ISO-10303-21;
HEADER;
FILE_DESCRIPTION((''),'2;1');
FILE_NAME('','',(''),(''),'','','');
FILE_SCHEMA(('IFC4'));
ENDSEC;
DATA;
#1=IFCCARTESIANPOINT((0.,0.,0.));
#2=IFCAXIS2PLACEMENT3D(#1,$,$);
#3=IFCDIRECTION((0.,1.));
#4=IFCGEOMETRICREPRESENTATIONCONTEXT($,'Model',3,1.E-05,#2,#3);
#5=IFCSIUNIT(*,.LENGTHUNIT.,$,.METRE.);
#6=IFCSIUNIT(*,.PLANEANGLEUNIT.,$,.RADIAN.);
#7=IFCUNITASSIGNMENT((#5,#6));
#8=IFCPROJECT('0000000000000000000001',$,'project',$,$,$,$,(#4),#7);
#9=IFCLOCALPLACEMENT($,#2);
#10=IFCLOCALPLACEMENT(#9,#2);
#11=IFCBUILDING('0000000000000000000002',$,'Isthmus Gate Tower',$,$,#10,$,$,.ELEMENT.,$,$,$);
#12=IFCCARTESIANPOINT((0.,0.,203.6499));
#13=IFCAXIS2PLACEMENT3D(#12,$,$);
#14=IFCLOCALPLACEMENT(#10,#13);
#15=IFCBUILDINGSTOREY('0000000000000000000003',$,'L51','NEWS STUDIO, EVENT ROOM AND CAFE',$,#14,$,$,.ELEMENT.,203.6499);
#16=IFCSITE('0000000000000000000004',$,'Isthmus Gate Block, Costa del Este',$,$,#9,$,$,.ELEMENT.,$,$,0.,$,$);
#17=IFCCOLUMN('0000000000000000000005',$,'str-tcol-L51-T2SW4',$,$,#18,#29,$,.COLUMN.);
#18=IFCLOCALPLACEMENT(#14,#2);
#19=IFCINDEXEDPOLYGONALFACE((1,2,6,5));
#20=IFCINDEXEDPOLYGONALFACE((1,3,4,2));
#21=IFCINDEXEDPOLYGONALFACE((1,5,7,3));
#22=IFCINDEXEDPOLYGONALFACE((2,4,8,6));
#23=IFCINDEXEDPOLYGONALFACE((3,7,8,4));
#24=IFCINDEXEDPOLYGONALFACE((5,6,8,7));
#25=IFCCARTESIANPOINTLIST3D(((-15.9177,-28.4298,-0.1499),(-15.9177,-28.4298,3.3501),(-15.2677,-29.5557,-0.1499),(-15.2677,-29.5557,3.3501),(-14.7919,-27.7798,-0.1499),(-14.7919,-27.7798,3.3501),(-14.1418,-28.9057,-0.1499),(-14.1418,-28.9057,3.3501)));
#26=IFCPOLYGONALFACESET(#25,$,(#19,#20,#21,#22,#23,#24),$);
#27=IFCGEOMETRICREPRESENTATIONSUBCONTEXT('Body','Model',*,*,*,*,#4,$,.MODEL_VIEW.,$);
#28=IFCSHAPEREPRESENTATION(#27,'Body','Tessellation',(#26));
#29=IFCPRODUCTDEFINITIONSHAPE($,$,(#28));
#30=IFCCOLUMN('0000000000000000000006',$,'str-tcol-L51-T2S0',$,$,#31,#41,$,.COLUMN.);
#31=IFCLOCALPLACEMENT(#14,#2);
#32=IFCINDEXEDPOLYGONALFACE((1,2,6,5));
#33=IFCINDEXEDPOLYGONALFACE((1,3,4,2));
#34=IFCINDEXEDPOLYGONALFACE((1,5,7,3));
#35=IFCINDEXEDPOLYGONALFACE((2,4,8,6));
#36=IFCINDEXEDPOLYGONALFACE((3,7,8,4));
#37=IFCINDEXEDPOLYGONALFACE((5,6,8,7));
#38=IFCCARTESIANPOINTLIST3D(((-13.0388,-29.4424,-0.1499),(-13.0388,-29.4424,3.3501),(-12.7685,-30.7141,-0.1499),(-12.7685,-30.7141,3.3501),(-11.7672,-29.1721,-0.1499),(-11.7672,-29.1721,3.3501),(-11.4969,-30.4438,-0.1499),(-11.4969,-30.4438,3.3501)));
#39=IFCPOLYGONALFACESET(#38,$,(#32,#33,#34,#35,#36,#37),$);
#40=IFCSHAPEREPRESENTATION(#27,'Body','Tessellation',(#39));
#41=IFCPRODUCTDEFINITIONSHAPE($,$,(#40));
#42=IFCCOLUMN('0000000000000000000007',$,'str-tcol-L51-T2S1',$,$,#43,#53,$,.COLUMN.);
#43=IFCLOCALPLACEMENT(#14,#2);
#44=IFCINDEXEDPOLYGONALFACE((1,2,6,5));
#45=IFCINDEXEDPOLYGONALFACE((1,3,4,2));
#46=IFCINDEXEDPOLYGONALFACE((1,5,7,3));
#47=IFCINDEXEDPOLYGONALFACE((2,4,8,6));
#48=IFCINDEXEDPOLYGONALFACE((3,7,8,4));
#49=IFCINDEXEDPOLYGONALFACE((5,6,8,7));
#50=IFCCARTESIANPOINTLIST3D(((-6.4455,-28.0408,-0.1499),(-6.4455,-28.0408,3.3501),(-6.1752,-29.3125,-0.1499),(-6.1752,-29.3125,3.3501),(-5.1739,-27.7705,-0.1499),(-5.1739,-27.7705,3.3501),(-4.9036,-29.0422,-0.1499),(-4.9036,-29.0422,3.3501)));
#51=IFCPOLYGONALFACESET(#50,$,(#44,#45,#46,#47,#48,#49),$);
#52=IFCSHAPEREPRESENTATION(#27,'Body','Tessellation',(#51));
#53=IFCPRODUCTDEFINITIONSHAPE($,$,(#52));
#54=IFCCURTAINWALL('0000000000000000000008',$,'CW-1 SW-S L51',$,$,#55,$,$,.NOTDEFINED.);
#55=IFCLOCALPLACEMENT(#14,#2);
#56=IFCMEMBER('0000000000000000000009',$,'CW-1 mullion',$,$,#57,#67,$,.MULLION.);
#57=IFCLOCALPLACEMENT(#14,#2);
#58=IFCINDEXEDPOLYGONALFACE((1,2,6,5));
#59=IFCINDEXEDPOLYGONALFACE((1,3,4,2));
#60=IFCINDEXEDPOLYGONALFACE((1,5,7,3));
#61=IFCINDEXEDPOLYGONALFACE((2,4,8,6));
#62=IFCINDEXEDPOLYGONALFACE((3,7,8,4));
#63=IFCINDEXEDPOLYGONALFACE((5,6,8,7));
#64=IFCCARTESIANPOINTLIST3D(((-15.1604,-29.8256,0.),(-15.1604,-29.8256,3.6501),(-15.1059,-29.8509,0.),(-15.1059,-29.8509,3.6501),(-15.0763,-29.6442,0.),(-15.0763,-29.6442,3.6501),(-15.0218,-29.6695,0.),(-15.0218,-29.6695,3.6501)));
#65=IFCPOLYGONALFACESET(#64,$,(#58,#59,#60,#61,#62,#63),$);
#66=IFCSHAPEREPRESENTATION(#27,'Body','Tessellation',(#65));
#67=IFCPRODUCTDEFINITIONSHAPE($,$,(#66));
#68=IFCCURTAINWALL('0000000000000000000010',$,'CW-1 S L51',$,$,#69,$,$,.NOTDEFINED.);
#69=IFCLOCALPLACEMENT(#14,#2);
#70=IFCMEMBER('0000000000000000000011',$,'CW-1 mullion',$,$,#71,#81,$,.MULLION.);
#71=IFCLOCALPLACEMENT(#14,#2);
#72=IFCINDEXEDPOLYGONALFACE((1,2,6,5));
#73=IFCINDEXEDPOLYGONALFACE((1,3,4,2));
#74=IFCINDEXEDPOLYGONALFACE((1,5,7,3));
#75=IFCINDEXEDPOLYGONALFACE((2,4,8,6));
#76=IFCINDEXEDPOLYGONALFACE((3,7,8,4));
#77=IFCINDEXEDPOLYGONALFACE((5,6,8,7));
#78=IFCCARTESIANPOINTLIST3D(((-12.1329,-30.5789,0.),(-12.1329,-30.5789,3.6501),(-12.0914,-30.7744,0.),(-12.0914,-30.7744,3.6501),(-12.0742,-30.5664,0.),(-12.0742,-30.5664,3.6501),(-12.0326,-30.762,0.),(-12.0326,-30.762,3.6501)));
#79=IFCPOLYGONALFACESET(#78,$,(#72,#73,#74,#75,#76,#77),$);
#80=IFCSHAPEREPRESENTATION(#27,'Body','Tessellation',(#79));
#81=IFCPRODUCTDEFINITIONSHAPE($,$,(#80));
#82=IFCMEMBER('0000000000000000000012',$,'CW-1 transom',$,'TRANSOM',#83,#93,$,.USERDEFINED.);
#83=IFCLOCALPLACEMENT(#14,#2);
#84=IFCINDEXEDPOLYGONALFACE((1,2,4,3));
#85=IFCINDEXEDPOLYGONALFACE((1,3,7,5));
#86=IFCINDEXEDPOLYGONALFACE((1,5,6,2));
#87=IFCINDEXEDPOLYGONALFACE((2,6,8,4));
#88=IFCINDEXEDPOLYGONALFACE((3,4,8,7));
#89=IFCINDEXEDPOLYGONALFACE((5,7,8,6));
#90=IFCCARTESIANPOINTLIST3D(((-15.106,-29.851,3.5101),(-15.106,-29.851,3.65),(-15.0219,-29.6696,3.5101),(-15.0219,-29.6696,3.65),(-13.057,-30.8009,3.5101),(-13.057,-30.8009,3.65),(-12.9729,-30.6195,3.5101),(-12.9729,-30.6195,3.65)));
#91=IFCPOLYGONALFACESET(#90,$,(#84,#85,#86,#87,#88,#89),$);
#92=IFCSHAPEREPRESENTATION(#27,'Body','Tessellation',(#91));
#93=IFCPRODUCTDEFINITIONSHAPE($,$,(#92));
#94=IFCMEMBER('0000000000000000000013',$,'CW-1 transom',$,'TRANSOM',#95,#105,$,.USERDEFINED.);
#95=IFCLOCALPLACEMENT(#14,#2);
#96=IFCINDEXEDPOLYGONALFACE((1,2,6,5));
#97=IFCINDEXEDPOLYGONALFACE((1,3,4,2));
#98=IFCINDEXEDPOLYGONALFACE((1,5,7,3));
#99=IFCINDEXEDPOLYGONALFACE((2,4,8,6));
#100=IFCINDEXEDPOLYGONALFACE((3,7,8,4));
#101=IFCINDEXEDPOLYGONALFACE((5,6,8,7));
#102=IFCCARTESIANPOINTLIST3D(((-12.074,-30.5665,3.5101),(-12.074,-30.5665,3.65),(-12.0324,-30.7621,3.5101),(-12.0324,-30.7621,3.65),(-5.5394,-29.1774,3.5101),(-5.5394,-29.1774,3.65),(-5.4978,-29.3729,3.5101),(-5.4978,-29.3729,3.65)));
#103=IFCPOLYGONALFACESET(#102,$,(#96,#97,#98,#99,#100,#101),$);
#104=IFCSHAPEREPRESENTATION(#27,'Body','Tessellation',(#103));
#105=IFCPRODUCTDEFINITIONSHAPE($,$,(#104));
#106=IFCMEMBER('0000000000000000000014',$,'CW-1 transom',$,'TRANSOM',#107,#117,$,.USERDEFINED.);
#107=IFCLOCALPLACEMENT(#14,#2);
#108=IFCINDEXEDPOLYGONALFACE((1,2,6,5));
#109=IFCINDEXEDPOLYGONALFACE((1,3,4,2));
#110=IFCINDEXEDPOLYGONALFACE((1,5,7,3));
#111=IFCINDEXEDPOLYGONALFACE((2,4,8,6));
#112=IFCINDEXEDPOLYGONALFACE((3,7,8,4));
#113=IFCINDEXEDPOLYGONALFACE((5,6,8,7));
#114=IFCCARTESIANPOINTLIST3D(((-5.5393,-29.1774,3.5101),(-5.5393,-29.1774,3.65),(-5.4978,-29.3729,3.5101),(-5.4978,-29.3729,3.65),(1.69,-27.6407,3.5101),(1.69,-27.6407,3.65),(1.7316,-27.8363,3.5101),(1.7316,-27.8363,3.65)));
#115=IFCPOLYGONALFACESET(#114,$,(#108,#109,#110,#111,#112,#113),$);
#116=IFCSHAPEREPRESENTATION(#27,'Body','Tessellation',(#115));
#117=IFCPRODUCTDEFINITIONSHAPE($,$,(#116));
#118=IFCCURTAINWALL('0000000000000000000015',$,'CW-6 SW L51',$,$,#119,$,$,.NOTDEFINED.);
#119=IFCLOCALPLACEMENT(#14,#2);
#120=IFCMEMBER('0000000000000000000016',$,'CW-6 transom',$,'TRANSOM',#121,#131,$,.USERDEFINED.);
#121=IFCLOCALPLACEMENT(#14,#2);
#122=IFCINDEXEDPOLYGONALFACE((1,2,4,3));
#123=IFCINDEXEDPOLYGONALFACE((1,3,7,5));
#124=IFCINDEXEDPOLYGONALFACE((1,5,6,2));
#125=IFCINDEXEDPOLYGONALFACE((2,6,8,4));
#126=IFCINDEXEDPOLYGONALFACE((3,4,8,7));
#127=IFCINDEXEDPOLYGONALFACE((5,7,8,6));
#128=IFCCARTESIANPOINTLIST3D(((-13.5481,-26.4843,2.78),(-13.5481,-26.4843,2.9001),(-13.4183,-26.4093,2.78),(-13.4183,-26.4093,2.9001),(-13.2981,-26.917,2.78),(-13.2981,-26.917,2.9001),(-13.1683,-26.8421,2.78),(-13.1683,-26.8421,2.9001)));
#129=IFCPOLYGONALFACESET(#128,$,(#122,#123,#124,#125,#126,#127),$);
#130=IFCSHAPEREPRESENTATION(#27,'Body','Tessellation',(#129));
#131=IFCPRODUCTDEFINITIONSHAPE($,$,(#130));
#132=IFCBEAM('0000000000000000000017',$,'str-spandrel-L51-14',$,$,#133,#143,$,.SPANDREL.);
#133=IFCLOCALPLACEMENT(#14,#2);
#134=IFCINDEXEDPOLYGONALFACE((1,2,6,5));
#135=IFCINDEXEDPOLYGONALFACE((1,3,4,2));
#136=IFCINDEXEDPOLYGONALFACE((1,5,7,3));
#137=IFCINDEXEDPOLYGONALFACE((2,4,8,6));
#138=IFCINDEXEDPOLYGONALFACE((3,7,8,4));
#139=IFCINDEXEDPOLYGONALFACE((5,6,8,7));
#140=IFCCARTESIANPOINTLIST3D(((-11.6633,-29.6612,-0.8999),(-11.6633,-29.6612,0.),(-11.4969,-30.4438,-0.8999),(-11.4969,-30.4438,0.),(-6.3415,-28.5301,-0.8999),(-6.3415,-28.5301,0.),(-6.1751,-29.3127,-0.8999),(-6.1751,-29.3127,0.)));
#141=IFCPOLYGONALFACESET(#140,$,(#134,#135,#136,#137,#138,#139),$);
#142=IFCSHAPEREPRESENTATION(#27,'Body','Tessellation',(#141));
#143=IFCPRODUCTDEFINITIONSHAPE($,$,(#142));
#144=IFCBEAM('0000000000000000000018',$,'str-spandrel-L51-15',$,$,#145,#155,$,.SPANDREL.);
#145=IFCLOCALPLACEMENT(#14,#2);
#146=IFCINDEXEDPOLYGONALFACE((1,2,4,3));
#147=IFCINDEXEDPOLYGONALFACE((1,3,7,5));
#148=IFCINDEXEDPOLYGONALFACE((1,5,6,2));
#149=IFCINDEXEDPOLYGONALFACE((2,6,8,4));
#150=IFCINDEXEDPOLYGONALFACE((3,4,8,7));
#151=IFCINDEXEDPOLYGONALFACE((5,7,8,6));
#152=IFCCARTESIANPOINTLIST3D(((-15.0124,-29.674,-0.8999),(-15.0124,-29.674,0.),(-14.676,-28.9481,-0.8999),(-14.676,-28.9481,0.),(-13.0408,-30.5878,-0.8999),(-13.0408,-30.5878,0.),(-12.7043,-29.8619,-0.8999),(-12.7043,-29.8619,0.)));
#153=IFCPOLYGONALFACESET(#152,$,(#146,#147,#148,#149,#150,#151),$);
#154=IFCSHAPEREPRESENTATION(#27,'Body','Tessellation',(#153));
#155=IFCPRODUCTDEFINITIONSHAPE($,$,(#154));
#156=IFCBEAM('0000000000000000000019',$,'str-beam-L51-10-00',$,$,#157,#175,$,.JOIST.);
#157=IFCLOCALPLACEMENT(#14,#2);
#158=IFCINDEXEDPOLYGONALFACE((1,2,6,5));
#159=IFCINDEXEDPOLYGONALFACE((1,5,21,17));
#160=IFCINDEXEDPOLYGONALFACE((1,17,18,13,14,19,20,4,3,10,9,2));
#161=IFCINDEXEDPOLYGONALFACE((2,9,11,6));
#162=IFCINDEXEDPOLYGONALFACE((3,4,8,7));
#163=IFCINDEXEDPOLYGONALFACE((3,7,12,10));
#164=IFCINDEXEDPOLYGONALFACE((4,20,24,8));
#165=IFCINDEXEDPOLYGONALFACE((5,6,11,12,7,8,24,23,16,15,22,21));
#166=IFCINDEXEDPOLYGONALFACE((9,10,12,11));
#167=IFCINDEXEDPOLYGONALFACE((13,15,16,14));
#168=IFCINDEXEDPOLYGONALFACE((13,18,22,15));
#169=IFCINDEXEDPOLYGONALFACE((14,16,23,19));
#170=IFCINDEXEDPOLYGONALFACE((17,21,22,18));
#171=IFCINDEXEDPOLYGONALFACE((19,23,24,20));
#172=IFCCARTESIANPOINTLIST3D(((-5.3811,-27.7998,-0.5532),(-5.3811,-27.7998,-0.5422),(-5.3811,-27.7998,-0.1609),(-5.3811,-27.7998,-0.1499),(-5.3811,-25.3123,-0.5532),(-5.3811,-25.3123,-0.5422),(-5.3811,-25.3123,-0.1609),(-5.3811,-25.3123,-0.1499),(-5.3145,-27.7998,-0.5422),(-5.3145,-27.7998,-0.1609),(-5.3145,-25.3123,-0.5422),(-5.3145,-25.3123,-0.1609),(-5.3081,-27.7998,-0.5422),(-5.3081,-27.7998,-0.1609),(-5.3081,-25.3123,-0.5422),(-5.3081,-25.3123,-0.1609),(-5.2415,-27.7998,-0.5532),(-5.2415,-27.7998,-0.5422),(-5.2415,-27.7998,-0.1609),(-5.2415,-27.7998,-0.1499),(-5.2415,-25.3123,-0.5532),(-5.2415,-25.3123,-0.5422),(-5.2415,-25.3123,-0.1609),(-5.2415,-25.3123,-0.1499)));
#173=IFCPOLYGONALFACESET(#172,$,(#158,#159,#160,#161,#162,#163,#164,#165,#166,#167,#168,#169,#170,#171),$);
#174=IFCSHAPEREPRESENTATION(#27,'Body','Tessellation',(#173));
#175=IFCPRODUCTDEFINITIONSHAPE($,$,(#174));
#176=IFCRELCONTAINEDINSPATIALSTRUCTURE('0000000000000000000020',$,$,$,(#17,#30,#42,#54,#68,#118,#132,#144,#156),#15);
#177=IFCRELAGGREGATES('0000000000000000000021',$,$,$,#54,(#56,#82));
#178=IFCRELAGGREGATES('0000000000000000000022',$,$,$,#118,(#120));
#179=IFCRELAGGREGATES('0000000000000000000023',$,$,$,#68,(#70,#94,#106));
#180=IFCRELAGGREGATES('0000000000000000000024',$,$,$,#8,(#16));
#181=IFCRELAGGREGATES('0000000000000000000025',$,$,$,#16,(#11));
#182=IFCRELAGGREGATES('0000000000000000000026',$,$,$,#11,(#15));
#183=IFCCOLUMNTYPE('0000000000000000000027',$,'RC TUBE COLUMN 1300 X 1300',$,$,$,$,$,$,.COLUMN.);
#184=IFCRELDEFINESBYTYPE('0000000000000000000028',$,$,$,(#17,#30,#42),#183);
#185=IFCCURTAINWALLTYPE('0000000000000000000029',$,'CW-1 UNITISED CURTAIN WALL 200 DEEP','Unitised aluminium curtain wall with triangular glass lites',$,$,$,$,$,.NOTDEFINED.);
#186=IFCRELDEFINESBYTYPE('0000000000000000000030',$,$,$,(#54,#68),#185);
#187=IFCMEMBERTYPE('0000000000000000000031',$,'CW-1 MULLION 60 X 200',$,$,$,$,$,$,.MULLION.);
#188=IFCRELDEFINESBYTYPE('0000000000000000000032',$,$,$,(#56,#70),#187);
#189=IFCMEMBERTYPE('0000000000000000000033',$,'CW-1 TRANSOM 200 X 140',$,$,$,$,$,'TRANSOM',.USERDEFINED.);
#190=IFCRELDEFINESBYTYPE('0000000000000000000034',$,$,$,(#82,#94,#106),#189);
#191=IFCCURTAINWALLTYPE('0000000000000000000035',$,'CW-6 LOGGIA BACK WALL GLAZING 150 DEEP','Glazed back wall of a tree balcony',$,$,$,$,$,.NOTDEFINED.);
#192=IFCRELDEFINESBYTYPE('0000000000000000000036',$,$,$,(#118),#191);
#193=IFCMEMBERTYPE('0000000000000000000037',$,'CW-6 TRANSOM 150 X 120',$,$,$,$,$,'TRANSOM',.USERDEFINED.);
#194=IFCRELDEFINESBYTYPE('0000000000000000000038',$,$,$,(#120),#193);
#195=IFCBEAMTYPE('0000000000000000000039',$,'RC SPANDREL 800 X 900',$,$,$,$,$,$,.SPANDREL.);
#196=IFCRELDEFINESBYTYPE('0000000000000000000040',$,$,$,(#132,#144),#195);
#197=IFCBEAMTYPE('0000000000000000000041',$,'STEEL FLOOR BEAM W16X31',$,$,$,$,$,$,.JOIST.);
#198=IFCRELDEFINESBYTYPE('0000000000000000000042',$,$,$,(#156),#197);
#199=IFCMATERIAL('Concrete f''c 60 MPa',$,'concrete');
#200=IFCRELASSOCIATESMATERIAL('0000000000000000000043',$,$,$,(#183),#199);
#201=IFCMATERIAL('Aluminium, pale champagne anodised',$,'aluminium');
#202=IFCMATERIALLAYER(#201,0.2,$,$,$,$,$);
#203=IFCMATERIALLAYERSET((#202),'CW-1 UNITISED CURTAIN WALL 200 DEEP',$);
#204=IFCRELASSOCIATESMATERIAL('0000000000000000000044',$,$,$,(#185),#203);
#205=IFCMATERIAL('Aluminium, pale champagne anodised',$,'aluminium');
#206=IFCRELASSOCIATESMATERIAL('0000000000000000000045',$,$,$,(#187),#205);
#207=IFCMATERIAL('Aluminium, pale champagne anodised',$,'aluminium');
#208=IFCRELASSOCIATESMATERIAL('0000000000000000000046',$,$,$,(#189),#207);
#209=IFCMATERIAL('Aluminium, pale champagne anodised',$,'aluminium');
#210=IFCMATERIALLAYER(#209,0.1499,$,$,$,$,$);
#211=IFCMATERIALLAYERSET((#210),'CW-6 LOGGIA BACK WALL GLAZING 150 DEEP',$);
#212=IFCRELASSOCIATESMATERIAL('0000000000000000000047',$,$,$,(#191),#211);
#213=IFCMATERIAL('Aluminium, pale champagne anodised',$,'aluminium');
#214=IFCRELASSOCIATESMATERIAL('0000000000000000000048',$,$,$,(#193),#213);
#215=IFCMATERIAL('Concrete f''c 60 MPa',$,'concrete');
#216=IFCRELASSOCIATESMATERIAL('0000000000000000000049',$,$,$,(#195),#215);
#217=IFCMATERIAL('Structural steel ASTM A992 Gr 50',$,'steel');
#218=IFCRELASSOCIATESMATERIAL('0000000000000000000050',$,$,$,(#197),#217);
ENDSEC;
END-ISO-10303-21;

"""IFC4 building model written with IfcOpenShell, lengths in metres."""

from ifc_helpers import new_model, si_unit, direction, frame, origin, origin_2d, place, context, subcontext, project, spatial, rectangle, i_section, extrude, material, layer, layer_set, material_profile, profile_set, type_object, element, aggregate, save


model = new_model("IFC4")

# Units and contexts
model_context = context("Model", 3, precision=1e-05, world=origin(), true_north=direction((0.0, 1.0)))
body_context = subcontext(model_context, "Body", "Model", "MODEL_VIEW")
ifc_project = project(units=[si_unit("LENGTHUNIT", "METRE"), si_unit("PLANEANGLEUNIT", "RADIAN")], contexts=[model_context])

# Site, building, storey
site_placement = place(None, origin())
site = spatial("IfcSite", under=ifc_project, at=site_placement, Name="Isthmus Gate Block, Costa del Este", CompositionType="ELEMENT", RefElevation=0.0)
building_placement = place(site_placement, origin())
building = spatial("IfcBuilding", under=site, at=building_placement, Name="Isthmus Gate Tower", CompositionType="ELEMENT")
storey_placement = place(building_placement, frame((0.0, 0.0, 203.6499)))
storey = spatial("IfcBuildingStorey", under=building, at=storey_placement, Name="L51", Description="NEWS STUDIO, EVENT ROOM AND CAFE", CompositionType="ELEMENT", Elevation=203.6499)

# Columns
ifc_material_1 = material(Name="Concrete f'c 60 MPa", Category="concrete")
ifc_material_profile_1 = material_profile(ifc_material_1, rectangle(XDim=1.3, YDim=1.3, at=origin_2d()), Name="RC 1300X1300")
ifc_profile_set_1 = profile_set([ifc_material_profile_1], Name="Concrete f'c 60 MPa")
column_type = type_object("IfcColumnType", Name="RC TUBE COLUMN 1300 X 1300", PredefinedType="COLUMN", material=ifc_profile_set_1)
for number, where, z_axis, x_axis, name in (
    (1, (-15.0298, -28.6677, -0.1499), (0.0, 0.0, 1.0), (0.5, -0.866025, 0.0), "str-tcol-L51-T2SW4"),
    (2, (-12.2678, -29.9431, -0.1499), (0.0, 0.0, 1.0), (0.978148, 0.207912, 0.0), "str-tcol-L51-T2S0"),
    (3, (-5.6746, -28.5415, -0.1499), (0.0, 0.0, 1.0), (0.978148, 0.207912, 0.0), "str-tcol-L51-T2S1"),
):
    element("IfcColumn", number, at=place(storey_placement, frame(where, z_axis=z_axis, x_axis=x_axis)), inside=storey, type_object=column_type, Name=name, PredefinedType="COLUMN", context=body_context, shape_type="SweptSolid", body=[
        extrude(rectangle(XDim=1.3, YDim=1.3, at=origin_2d()), origin(), (0.0, 0.0, 1.0), 3.5),
    ])

# Curtain walls, members
ifc_material_2 = material(Name="Aluminium, pale champagne anodised", Category="aluminium")
ifc_layer_1 = layer(ifc_material_2, 0.2)
ifc_layer_set_1 = layer_set([ifc_layer_1], Name="CW-1 UNITISED CURTAIN WALL 200 DEEP")
curtain_wall_type_1 = type_object("IfcCurtainWallType", Name="CW-1 UNITISED CURTAIN WALL 200 DEEP", Description="Unitised aluminium curtain wall with triangular glass lites", PredefinedType="NOTDEFINED", material=ifc_layer_set_1)
curtain_wall_1_placement = place(storey_placement, origin())
curtain_wall_1 = element("IfcCurtainWall", 4, at=curtain_wall_1_placement, inside=storey, type_object=curtain_wall_type_1, Name="CW-1 SW-S L51", PredefinedType="NOTDEFINED")
ifc_material_3 = material(Name="Aluminium, pale champagne anodised", Category="aluminium")
ifc_material_profile_2 = material_profile(ifc_material_3, rectangle(XDim=0.0601, YDim=0.2, at=origin_2d()), Name="60x200")
ifc_profile_set_2 = profile_set([ifc_material_profile_2], Name="Aluminium, pale champagne anodised")
member_type_1 = type_object("IfcMemberType", Name="CW-1 MULLION 60 X 200", PredefinedType="MULLION", material=ifc_profile_set_2)
member_1_placement = place(storey_placement, frame((-15.0911, -29.7476, 0.0), z_axis=(0.0, 0.0, 1.0), x_axis=(0.907256, -0.420578, 0.0)))
member_1 = element("IfcMember", 5, at=member_1_placement, type_object=member_type_1, Name="CW-1 mullion", PredefinedType="MULLION", context=body_context, shape_type="SweptSolid", body=[
    extrude(rectangle(XDim=0.0601, YDim=0.2, at=origin_2d()), origin(), (0.0, 0.0, 1.0), 3.6501),
])
curtain_wall_2_placement = place(storey_placement, origin())
curtain_wall_2 = element("IfcCurtainWall", 6, at=curtain_wall_2_placement, inside=storey, type_object=curtain_wall_type_1, Name="CW-1 S L51", PredefinedType="NOTDEFINED")
member_2_placement = place(storey_placement, frame((-12.0828, -30.6704, 0.0), z_axis=(0.0, 0.0, 1.0), x_axis=(0.978148, 0.207912, 0.0)))
member_2 = element("IfcMember", 7, at=member_2_placement, type_object=member_type_1, Name="CW-1 mullion", PredefinedType="MULLION", context=body_context, shape_type="SweptSolid", body=[
    extrude(rectangle(XDim=0.0601, YDim=0.2, at=origin_2d()), origin(), (0.0, 0.0, 1.0), 3.6501),
])

# Members
ifc_material_4 = material(Name="Aluminium, pale champagne anodised", Category="aluminium")
ifc_material_profile_3 = material_profile(ifc_material_4, rectangle(XDim=0.2, YDim=0.1399, at=origin_2d()), Name="200x140")
ifc_profile_set_3 = profile_set([ifc_material_profile_3], Name="Aluminium, pale champagne anodised")
member_type_2 = type_object("IfcMemberType", Name="CW-1 TRANSOM 200 X 140", ElementType="TRANSOM", PredefinedType="USERDEFINED", material=ifc_profile_set_3)
member_3_placement = place(storey_placement, frame((-15.064, -29.7603, 3.5801), z_axis=(0.907246, -0.4206, 0.0), x_axis=(0.4206, 0.907246, 0.0)))
member_3 = element("IfcMember", 8, at=member_3_placement, type_object=member_type_2, Name="CW-1 transom", ObjectType="TRANSOM", PredefinedType="USERDEFINED", context=body_context, shape_type="SweptSolid", body=[
    extrude(rectangle(XDim=0.2, YDim=0.1399, at=origin_2d()), origin(), (0.0, 0.0, 1.0), 2.2585),
])
member_4_placement = place(storey_placement, frame((-12.0532, -30.6643, 3.5801), z_axis=(0.978142, 0.207937, 0.0), x_axis=(-0.207937, 0.978142, 0.0)))
member_4 = element("IfcMember", 9, at=member_4_placement, type_object=member_type_2, Name="CW-1 transom", ObjectType="TRANSOM", PredefinedType="USERDEFINED", context=body_context, shape_type="SweptSolid", body=[
    extrude(rectangle(XDim=0.2, YDim=0.1399, at=origin_2d()), origin(), (0.0, 0.0, 1.0), 6.6807),
])
member_5_placement = place(storey_placement, frame((-5.5186, -29.2751, 3.5801), z_axis=(0.978148, 0.207911, 0.0), x_axis=(-0.207911, 0.978148, 0.0)))
member_5 = element("IfcMember", 10, at=member_5_placement, type_object=member_type_2, Name="CW-1 transom", ObjectType="TRANSOM", PredefinedType="USERDEFINED", context=body_context, shape_type="SweptSolid", body=[
    extrude(rectangle(XDim=0.2, YDim=0.1399, at=origin_2d()), origin(), (0.0, 0.0, 1.0), 7.3909),
])

# Curtain wall, member
ifc_material_5 = material(Name="Aluminium, pale champagne anodised", Category="aluminium")
ifc_layer_2 = layer(ifc_material_5, 0.1499)
ifc_layer_set_2 = layer_set([ifc_layer_2], Name="CW-6 LOGGIA BACK WALL GLAZING 150 DEEP")
curtain_wall_type_2 = type_object("IfcCurtainWallType", Name="CW-6 LOGGIA BACK WALL GLAZING 150 DEEP", Description="Glazed back wall of a tree balcony", PredefinedType="NOTDEFINED", material=ifc_layer_set_2)
curtain_wall_3_placement = place(storey_placement, origin())
curtain_wall_3 = element("IfcCurtainWall", 11, at=curtain_wall_3_placement, inside=storey, type_object=curtain_wall_type_2, Name="CW-6 SW L51", PredefinedType="NOTDEFINED")
ifc_material_6 = material(Name="Aluminium, pale champagne anodised", Category="aluminium")
ifc_material_profile_4 = material_profile(ifc_material_6, rectangle(XDim=0.1499, YDim=0.1201, at=origin_2d()), Name="150x120")
ifc_profile_set_4 = profile_set([ifc_material_profile_4], Name="Aluminium, pale champagne anodised")
member_type_3 = type_object("IfcMemberType", Name="CW-6 TRANSOM 150 X 120", ElementType="TRANSOM", PredefinedType="USERDEFINED", material=ifc_profile_set_4)
member_6_placement = place(storey_placement, frame((-13.4832, -26.4468, 2.8401), z_axis=(0.500131, -0.86595, 0.0), x_axis=(0.86595, 0.500131, 0.0)))
member_6 = element("IfcMember", 12, at=member_6_placement, type_object=member_type_3, Name="CW-6 transom", ObjectType="TRANSOM", PredefinedType="USERDEFINED", context=body_context, shape_type="SweptSolid", body=[
    extrude(rectangle(XDim=0.1499, YDim=0.1201, at=origin_2d()), origin(), (0.0, 0.0, 1.0), 0.4998),
])

# Beams
ifc_material_7 = material(Name="Concrete f'c 60 MPa", Category="concrete")
ifc_material_profile_5 = material_profile(ifc_material_7, rectangle(XDim=0.8, YDim=0.8999, at=origin_2d()), Name="RC 800X900")
ifc_profile_set_5 = profile_set([ifc_material_profile_5], Name="Concrete f'c 60 MPa")
beam_type_1 = type_object("IfcBeamType", Name="RC SPANDREL 800 X 900", PredefinedType="SPANDREL", material=ifc_profile_set_5)
beam_1_placement = place(storey_placement, frame((-6.2583, -28.9214, -0.45), z_axis=(-0.97815, -0.207898, 0.0), x_axis=(0.207898, -0.97815, 0.0)))
element("IfcBeam", 13, at=beam_1_placement, inside=storey, type_object=beam_type_1, Name="str-spandrel-L51-14", PredefinedType="SPANDREL", context=body_context, shape_type="SweptSolid", body=[
    extrude(rectangle(XDim=0.8, YDim=0.8999, at=origin_2d()), origin(), (0.0, 0.0, 1.0), 5.4407),
])
beam_2_placement = place(storey_placement, frame((-12.8726, -30.2249, -0.45), z_axis=(-0.907291, 0.420504, 0.0), x_axis=(-0.420504, -0.907291, 0.0)))
element("IfcBeam", 14, at=beam_2_placement, inside=storey, type_object=beam_type_1, Name="str-spandrel-L51-15", PredefinedType="SPANDREL", context=body_context, shape_type="SweptSolid", body=[
    extrude(rectangle(XDim=0.8, YDim=0.8999, at=origin_2d()), origin(), (0.0, 0.0, 1.0), 2.1731),
])
ifc_material_8 = material(Name="Structural steel ASTM A992 Gr 50", Category="steel")
ifc_material_profile_6 = material_profile(ifc_material_8, i_section(OverallWidth=0.1396, OverallDepth=0.4033, WebThickness=0.0063, FlangeThickness=0.011, at=origin_2d()), Name="W16X31")
ifc_profile_set_6 = profile_set([ifc_material_profile_6], Name="Structural steel ASTM A992 Gr 50")
beam_type_2 = type_object("IfcBeamType", Name="STEEL FLOOR BEAM W16X31", PredefinedType="JOIST", material=ifc_profile_set_6)
beam_3_placement = place(storey_placement, frame((-5.3113, -27.7998, -0.3516), z_axis=(0.0, 1.0, 0.0), x_axis=(-1.0, 0.0, 0.0)))
element("IfcBeam", 15, at=beam_3_placement, inside=storey, type_object=beam_type_2, Name="str-beam-L51-10-00", PredefinedType="JOIST", context=body_context, shape_type="SweptSolid", body=[
    extrude(i_section(OverallWidth=0.1396, OverallDepth=0.4033, WebThickness=0.0063, FlangeThickness=0.011, at=origin_2d()), origin(), (0.0, 0.0, 1.0), 2.4875),
])

aggregate(curtain_wall_1, [member_1, member_3])
aggregate(curtain_wall_3, [member_6])

aggregate(curtain_wall_2, [member_2, member_4, member_5])

save(model, "model.ifc")
